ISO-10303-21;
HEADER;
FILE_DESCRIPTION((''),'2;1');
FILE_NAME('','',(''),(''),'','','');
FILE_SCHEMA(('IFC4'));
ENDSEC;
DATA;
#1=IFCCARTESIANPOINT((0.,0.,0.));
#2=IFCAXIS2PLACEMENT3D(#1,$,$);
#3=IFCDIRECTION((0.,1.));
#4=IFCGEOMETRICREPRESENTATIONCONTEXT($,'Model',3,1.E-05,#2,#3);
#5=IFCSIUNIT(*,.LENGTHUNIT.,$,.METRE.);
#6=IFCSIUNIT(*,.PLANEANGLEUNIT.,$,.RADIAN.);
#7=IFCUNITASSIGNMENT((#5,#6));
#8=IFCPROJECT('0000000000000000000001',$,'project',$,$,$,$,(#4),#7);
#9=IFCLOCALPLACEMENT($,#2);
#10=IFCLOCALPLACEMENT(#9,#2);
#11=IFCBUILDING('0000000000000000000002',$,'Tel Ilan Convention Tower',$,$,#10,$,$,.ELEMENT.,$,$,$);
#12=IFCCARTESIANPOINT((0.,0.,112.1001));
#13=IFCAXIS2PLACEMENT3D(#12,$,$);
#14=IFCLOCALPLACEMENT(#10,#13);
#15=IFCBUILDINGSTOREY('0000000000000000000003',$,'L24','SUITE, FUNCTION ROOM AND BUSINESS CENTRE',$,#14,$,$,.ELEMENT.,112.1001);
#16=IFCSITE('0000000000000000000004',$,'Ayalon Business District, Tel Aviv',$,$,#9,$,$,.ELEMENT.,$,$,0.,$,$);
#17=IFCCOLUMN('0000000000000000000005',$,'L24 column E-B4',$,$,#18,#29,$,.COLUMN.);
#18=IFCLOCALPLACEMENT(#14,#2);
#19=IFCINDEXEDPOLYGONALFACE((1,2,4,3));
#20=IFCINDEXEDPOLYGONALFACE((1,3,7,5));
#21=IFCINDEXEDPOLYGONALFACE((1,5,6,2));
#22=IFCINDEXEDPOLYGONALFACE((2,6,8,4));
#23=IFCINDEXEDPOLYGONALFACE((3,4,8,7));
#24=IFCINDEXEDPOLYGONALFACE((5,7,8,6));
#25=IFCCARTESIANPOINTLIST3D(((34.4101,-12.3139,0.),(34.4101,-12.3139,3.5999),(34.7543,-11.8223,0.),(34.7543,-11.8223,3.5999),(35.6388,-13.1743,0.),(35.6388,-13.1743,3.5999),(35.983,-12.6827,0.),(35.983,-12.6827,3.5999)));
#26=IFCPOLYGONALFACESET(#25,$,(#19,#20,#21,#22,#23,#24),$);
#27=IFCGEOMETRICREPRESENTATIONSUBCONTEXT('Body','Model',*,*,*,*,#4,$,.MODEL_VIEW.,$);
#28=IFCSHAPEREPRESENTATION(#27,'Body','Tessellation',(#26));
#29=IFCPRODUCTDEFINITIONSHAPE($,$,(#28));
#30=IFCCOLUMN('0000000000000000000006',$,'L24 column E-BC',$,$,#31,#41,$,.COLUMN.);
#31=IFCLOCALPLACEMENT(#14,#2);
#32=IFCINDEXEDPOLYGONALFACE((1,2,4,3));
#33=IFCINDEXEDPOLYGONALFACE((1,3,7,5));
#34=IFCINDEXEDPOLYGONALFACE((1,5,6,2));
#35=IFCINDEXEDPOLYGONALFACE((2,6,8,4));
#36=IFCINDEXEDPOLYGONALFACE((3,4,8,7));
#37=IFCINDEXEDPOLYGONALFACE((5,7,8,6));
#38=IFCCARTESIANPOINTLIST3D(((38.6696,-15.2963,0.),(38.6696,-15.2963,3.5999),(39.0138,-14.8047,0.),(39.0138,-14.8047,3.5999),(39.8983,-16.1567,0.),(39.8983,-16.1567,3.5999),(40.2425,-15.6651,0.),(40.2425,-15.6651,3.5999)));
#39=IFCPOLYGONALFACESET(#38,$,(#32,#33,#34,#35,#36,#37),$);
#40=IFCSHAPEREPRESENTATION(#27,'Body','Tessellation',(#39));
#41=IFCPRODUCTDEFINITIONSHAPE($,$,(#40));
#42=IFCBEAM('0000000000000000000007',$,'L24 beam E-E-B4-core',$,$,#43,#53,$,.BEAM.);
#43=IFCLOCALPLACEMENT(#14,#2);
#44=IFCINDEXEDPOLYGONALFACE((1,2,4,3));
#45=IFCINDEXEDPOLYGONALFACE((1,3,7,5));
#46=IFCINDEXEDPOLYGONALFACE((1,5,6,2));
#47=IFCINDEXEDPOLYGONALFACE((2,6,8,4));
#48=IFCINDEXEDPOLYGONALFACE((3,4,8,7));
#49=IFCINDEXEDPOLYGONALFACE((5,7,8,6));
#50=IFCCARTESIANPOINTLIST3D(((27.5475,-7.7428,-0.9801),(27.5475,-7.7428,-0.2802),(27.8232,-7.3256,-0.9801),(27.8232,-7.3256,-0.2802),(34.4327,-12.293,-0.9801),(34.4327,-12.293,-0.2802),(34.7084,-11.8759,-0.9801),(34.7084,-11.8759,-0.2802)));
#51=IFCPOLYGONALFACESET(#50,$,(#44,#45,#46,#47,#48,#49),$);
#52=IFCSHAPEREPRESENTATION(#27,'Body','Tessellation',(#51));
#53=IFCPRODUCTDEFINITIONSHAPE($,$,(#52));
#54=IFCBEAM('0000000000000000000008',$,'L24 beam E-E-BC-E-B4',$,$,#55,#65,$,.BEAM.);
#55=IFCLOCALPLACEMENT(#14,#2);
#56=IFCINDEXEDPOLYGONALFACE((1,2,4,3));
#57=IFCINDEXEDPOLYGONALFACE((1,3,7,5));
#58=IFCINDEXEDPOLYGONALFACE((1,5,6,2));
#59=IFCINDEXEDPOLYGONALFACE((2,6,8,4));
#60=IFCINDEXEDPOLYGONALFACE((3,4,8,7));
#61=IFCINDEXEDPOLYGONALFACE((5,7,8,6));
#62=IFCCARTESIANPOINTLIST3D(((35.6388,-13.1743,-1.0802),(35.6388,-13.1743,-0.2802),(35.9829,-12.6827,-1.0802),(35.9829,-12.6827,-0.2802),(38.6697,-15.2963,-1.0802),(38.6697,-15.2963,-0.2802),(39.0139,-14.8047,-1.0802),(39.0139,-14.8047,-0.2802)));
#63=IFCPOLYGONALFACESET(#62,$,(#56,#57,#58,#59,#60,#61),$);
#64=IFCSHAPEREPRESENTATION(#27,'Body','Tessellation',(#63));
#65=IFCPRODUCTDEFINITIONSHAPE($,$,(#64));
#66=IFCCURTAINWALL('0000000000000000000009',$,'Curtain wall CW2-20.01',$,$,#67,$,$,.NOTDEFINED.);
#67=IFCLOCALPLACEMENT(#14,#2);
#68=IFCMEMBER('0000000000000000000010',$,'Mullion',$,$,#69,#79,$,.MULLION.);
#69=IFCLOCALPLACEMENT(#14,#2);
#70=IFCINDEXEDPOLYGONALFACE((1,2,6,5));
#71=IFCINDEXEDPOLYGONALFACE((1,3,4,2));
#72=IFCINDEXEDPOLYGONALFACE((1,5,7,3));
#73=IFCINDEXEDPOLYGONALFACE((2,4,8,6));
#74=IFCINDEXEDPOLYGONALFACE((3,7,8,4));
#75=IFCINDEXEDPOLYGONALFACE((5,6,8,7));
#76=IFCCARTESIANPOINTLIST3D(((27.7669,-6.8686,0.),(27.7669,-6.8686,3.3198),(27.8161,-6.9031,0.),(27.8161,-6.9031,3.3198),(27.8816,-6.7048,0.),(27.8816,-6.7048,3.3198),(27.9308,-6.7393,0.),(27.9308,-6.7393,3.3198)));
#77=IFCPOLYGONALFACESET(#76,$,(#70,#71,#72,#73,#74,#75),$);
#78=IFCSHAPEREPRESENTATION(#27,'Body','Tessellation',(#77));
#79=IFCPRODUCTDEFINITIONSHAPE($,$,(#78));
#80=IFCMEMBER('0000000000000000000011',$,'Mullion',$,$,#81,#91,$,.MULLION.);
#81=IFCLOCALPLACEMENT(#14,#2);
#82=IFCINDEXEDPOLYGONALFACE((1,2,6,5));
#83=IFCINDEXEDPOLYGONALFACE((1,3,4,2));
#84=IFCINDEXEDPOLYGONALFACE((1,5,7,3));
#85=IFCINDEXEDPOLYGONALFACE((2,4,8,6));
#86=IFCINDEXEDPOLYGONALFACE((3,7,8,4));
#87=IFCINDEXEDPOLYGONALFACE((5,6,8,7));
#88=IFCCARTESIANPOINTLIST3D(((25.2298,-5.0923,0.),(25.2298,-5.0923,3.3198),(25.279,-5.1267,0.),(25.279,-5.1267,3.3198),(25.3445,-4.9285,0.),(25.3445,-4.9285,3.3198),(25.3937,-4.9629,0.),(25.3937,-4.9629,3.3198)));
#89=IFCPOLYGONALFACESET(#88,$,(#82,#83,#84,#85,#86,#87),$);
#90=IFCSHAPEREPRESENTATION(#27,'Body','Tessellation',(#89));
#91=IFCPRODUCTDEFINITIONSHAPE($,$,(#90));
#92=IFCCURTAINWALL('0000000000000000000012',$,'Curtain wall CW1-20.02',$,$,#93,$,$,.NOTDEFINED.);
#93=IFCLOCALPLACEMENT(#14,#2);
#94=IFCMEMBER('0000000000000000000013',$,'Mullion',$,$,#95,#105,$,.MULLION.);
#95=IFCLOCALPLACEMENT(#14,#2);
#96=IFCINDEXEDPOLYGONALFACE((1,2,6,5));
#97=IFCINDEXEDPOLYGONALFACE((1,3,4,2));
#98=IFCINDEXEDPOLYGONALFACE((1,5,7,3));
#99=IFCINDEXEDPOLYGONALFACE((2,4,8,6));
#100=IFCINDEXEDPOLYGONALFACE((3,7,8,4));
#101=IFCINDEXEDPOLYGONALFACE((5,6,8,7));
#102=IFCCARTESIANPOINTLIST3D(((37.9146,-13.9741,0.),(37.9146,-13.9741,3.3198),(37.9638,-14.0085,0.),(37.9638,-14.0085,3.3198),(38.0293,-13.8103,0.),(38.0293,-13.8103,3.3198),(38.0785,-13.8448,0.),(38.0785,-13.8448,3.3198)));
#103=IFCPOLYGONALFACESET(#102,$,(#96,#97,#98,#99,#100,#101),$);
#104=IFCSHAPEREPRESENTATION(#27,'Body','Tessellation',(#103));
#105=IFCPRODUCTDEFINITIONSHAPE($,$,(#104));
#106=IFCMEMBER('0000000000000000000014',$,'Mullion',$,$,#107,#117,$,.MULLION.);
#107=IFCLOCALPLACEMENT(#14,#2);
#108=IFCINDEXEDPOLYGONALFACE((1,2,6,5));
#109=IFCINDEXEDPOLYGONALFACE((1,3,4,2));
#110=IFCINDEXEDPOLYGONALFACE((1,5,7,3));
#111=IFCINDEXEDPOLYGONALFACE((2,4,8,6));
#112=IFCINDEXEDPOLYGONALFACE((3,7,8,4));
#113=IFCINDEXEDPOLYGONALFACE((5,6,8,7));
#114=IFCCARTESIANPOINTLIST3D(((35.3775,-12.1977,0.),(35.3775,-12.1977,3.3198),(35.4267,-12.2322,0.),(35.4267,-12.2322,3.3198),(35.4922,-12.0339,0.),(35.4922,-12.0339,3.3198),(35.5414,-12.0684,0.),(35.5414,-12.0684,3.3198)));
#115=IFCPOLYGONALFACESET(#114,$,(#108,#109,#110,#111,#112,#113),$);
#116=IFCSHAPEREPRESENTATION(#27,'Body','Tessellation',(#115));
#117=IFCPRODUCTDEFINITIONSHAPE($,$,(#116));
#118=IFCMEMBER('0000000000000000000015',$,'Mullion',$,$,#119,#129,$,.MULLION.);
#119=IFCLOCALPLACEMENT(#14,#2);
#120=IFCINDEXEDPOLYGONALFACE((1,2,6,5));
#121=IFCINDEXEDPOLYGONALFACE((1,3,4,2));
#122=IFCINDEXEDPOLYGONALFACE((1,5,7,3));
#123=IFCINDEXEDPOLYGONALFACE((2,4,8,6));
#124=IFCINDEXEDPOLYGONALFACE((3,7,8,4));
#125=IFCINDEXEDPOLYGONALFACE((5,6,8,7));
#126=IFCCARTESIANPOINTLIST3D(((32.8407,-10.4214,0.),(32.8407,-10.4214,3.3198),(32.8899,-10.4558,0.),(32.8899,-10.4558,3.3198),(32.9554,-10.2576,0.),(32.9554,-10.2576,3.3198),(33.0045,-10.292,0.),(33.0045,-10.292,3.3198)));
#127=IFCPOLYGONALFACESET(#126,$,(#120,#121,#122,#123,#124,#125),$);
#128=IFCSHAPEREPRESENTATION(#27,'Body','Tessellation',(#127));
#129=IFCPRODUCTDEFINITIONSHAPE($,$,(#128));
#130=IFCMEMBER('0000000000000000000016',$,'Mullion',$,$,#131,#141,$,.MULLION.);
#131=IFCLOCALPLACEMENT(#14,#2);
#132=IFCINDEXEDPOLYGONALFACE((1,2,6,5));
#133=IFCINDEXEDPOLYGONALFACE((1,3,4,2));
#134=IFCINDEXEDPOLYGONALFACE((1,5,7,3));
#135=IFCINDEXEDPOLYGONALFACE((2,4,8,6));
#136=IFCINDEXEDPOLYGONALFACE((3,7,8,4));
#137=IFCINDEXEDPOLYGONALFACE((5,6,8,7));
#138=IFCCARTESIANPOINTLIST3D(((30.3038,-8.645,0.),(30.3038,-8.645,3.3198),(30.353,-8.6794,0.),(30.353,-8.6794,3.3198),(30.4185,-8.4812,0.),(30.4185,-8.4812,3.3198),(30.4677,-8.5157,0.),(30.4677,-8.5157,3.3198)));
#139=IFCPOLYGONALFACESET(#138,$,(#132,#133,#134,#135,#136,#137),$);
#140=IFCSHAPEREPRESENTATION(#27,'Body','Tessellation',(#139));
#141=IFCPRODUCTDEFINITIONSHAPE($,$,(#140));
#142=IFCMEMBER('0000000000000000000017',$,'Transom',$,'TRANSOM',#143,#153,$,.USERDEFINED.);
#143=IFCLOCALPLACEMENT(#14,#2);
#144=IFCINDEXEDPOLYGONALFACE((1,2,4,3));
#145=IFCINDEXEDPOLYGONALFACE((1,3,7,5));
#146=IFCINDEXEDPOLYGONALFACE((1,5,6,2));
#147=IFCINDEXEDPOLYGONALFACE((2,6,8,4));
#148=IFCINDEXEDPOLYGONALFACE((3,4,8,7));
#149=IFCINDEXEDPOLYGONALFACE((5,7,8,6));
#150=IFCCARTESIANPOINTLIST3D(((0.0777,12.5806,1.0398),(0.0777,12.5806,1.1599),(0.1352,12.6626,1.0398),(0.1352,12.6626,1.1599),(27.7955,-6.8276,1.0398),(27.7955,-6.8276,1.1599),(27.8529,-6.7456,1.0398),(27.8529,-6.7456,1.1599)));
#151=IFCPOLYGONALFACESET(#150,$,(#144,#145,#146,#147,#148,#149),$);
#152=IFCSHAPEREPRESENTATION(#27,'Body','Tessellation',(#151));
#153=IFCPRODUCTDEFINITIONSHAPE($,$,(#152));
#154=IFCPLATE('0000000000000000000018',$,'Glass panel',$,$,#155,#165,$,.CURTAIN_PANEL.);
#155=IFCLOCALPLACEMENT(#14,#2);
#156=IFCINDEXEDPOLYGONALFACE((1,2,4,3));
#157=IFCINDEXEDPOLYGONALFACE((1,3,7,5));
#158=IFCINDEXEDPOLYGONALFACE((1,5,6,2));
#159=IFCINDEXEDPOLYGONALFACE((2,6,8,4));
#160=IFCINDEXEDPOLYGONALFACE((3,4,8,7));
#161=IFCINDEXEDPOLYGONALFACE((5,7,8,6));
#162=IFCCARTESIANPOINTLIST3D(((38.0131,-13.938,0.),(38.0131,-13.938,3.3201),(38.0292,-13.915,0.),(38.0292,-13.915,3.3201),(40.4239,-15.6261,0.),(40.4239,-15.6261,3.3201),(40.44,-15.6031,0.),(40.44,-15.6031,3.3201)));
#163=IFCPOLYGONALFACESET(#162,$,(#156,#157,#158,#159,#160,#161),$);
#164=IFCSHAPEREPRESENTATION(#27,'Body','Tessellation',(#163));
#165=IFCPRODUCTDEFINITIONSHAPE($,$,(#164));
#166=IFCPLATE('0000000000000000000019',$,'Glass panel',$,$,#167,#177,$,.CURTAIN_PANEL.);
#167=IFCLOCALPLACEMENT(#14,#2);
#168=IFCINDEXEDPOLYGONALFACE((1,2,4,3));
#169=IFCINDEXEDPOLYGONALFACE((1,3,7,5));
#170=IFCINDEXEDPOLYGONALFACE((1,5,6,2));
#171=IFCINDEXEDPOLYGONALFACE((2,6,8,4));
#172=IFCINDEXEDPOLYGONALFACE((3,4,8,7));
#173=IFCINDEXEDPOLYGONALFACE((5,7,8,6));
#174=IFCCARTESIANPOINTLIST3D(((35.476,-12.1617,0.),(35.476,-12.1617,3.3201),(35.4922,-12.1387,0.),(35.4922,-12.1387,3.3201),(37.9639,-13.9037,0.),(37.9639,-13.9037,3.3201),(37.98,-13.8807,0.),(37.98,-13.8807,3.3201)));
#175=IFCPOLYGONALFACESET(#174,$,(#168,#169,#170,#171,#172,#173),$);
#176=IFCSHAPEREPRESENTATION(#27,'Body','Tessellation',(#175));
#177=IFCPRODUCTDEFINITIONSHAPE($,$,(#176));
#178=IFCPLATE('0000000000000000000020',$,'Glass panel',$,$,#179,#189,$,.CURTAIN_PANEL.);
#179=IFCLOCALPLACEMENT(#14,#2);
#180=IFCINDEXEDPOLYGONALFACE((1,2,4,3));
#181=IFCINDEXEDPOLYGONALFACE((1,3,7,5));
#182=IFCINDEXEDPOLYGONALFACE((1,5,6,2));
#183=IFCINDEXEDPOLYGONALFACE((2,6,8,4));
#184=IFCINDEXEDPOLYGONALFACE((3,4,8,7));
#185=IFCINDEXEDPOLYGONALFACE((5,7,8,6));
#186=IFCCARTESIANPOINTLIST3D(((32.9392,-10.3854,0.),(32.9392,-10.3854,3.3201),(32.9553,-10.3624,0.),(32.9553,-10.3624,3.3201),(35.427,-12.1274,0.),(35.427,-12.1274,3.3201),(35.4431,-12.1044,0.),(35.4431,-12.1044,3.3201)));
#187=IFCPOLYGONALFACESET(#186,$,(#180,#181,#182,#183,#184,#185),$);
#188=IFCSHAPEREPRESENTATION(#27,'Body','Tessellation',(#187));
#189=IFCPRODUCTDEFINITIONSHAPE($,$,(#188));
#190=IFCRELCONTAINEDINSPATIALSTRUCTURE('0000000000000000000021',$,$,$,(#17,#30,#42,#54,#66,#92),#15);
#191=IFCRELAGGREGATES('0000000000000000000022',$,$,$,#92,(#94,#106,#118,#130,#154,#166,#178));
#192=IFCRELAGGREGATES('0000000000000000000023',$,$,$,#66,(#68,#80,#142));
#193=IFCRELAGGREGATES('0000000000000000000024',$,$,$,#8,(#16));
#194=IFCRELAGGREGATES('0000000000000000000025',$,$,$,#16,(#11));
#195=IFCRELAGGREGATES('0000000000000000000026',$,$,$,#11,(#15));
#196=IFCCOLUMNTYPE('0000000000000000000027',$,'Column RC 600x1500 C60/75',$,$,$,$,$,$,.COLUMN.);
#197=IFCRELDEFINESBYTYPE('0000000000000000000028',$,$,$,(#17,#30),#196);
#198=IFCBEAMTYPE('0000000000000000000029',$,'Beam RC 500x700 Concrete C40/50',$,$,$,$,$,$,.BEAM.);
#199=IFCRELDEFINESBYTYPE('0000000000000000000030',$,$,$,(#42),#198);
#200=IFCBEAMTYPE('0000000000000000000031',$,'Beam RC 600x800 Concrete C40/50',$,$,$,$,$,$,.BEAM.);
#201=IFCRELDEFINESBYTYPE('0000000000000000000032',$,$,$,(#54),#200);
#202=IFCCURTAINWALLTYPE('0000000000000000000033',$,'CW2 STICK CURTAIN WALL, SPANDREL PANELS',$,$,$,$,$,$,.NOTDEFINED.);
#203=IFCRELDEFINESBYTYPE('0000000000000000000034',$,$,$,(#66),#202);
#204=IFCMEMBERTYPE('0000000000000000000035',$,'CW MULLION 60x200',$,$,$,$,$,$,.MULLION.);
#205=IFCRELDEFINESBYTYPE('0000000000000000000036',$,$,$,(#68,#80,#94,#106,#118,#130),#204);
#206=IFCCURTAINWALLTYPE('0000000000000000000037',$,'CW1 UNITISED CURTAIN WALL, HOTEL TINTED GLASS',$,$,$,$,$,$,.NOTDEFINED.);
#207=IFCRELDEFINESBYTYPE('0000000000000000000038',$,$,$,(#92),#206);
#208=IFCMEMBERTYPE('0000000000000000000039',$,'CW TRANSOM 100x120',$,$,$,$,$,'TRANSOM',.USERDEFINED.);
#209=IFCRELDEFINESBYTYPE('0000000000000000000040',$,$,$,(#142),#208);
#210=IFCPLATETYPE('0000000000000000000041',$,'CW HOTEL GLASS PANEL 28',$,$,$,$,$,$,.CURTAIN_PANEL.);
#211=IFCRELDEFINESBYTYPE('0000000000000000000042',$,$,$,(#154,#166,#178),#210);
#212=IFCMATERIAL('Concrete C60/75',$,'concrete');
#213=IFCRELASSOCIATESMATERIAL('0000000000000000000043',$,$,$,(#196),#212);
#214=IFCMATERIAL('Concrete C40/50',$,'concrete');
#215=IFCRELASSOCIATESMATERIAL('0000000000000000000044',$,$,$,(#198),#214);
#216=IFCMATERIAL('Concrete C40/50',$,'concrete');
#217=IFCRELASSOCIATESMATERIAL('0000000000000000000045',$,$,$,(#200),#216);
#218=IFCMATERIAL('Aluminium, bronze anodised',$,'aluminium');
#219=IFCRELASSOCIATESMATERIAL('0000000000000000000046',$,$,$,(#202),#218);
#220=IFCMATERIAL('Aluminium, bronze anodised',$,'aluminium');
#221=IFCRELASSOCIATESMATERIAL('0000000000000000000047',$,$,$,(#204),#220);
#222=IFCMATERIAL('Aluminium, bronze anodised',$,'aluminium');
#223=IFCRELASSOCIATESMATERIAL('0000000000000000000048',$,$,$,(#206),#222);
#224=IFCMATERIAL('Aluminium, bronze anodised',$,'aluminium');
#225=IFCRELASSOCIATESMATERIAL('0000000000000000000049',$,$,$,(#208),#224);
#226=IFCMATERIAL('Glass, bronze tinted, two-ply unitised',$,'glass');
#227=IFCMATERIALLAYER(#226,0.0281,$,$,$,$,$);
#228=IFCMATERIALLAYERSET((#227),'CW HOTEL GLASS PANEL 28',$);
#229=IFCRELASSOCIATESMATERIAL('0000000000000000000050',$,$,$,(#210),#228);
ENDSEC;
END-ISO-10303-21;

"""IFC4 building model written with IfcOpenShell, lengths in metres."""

from ifc_helpers import new_model, si_unit, direction, frame, origin, origin_2d, place, context, subcontext, project, spatial, rectangle, extrude, material, layer, layer_set, material_profile, profile_set, type_object, element, aggregate, save


model = new_model("IFC4")

# Units and contexts
model_context = context("Model", 3, precision=1e-05, world=origin(), true_north=direction((0.0, 1.0)))
body_context = subcontext(model_context, "Body", "Model", "MODEL_VIEW")
ifc_project = project(units=[si_unit("LENGTHUNIT", "METRE"), si_unit("PLANEANGLEUNIT", "RADIAN")], contexts=[model_context])

# Site, building, storey
site_placement = place(None, origin())
site = spatial("IfcSite", under=ifc_project, at=site_placement, Name="Ayalon Business District, Tel Aviv", CompositionType="ELEMENT", RefElevation=0.0)
building_placement = place(site_placement, origin())
building = spatial("IfcBuilding", under=site, at=building_placement, Name="Tel Ilan Convention Tower", CompositionType="ELEMENT")
storey_placement = place(building_placement, frame((0.0, 0.0, 112.1001)))
storey = spatial("IfcBuildingStorey", under=building, at=storey_placement, Name="L24", Description="SUITE, FUNCTION ROOM AND BUSINESS CENTRE", CompositionType="ELEMENT", Elevation=112.1001)

# Columns
ifc_material_1 = material(Name="Concrete C60/75", Category="concrete")
ifc_material_profile_1 = material_profile(ifc_material_1, rectangle(XDim=1.5, YDim=0.6001, at=origin_2d()), Name="RC 600x1500")
ifc_profile_set_1 = profile_set([ifc_material_profile_1], Name="Concrete C60/75")
column_type = type_object("IfcColumnType", Name="Column RC 600x1500 C60/75", PredefinedType="COLUMN", material=ifc_profile_set_1)
for number, where, z_axis, x_axis, name in (
    (1, (35.1965, -12.4983, 0.0), (0.0, 0.0, 1.0), (0.819152, -0.573576, 0.0), "L24 column E-B4"),
    (2, (39.4561, -15.4807, 0.0), (0.0, 0.0, 1.0), (0.819152, -0.573576, 0.0), "L24 column E-BC"),
):
    element("IfcColumn", number, at=place(storey_placement, frame(where, z_axis=z_axis, x_axis=x_axis)), inside=storey, type_object=column_type, Name=name, PredefinedType="COLUMN", context=body_context, shape_type="SweptSolid", body=[
        extrude(rectangle(XDim=1.5, YDim=0.6001, at=origin_2d()), origin(), (0.0, 0.0, 1.0), 3.5999),
    ])

# Beams
ifc_material_2 = material(Name="Concrete C40/50", Category="concrete")
ifc_material_profile_2 = material_profile(ifc_material_2, rectangle(XDim=0.5, YDim=0.7, at=origin_2d()), Name="RC 500x700")
ifc_profile_set_2 = profile_set([ifc_material_profile_2], Name="Concrete C40/50")
beam_type_1 = type_object("IfcBeamType", Name="Beam RC 500x700 Concrete C40/50", PredefinedType="BEAM", material=ifc_profile_set_2)
beam_1_placement = place(storey_placement, frame((34.5706, -12.0845, -0.6301), z_axis=(-0.834274, 0.551351, 0.0), x_axis=(-0.551351, -0.834274, 0.0)))
element("IfcBeam", 3, at=beam_1_placement, inside=storey, type_object=beam_type_1, Name="L24 beam E-E-B4-core", PredefinedType="BEAM", context=body_context, shape_type="SweptSolid", body=[
    extrude(rectangle(XDim=0.5, YDim=0.7, at=origin_2d()), origin(), (0.0, 0.0, 1.0), 8.2529),
])
ifc_material_3 = material(Name="Concrete C40/50", Category="concrete")
ifc_material_profile_3 = material_profile(ifc_material_3, rectangle(XDim=0.6001, YDim=0.8, at=origin_2d()), Name="RC 600x800")
ifc_profile_set_3 = profile_set([ifc_material_profile_3], Name="Concrete C40/50")
beam_type_2 = type_object("IfcBeamType", Name="Beam RC 600x800 Concrete C40/50", PredefinedType="BEAM", material=ifc_profile_set_3)
beam_2_placement = place(storey_placement, frame((38.8418, -15.0505, -0.6802), z_axis=(-0.819185, 0.573529, 0.0), x_axis=(-0.573529, -0.819185, 0.0)))
element("IfcBeam", 4, at=beam_2_placement, inside=storey, type_object=beam_type_2, Name="L24 beam E-E-BC-E-B4", PredefinedType="BEAM", context=body_context, shape_type="SweptSolid", body=[
    extrude(rectangle(XDim=0.6001, YDim=0.8, at=origin_2d()), origin(), (0.0, 0.0, 1.0), 3.7),
])

# Curtain walls, members
ifc_material_4 = material(Name="Aluminium, bronze anodised", Category="aluminium")
curtain_wall_type_1 = type_object("IfcCurtainWallType", Name="CW2 STICK CURTAIN WALL, SPANDREL PANELS", PredefinedType="NOTDEFINED", material=ifc_material_4)
curtain_wall_1_placement = place(storey_placement, origin())
curtain_wall_1 = element("IfcCurtainWall", 5, at=curtain_wall_1_placement, inside=storey, type_object=curtain_wall_type_1, Name="Curtain wall CW2-20.01", PredefinedType="NOTDEFINED")
ifc_material_5 = material(Name="Aluminium, bronze anodised", Category="aluminium")
ifc_material_profile_4 = material_profile(ifc_material_5, rectangle(XDim=0.0601, YDim=0.2, at=origin_2d()), Name="CW MULLION 60x200")
ifc_profile_set_4 = profile_set([ifc_material_profile_4], Name="Aluminium, bronze anodised")
member_type_1 = type_object("IfcMemberType", Name="CW MULLION 60x200", PredefinedType="MULLION", material=ifc_profile_set_4)
member_1_placement = place(storey_placement, frame((27.8489, -6.804, 0.0), z_axis=(0.0, 0.0, 1.0), x_axis=(-0.819152, 0.573576, 0.0)))
member_1 = element("IfcMember", 6, at=member_1_placement, type_object=member_type_1, Name="Mullion", PredefinedType="MULLION", context=body_context, shape_type="SweptSolid", body=[
    extrude(rectangle(XDim=0.0601, YDim=0.2, at=origin_2d()), origin(), (0.0, 0.0, 1.0), 3.3198),
])
member_2_placement = place(storey_placement, frame((25.3118, -5.0276, 0.0), z_axis=(0.0, 0.0, 1.0), x_axis=(-0.819152, 0.573576, 0.0)))
member_2 = element("IfcMember", 7, at=member_2_placement, type_object=member_type_1, Name="Mullion", PredefinedType="MULLION", context=body_context, shape_type="SweptSolid", body=[
    extrude(rectangle(XDim=0.0601, YDim=0.2, at=origin_2d()), origin(), (0.0, 0.0, 1.0), 3.3198),
])
ifc_material_6 = material(Name="Aluminium, bronze anodised", Category="aluminium")
curtain_wall_type_2 = type_object("IfcCurtainWallType", Name="CW1 UNITISED CURTAIN WALL, HOTEL TINTED GLASS", PredefinedType="NOTDEFINED", material=ifc_material_6)
curtain_wall_2_placement = place(storey_placement, origin())
curtain_wall_2 = element("IfcCurtainWall", 8, at=curtain_wall_2_placement, inside=storey, type_object=curtain_wall_type_2, Name="Curtain wall CW1-20.02", PredefinedType="NOTDEFINED")
member_3_placement = place(storey_placement, frame((37.9966, -13.9094, 0.0), z_axis=(0.0, 0.0, 1.0), x_axis=(-0.819152, 0.573576, 0.0)))
member_3 = element("IfcMember", 9, at=member_3_placement, type_object=member_type_1, Name="Mullion", PredefinedType="MULLION", context=body_context, shape_type="SweptSolid", body=[
    extrude(rectangle(XDim=0.0601, YDim=0.2, at=origin_2d()), origin(), (0.0, 0.0, 1.0), 3.3198),
])
member_4_placement = place(storey_placement, frame((35.4595, -12.1331, 0.0), z_axis=(0.0, 0.0, 1.0), x_axis=(-0.819152, 0.573576, 0.0)))
member_4 = element("IfcMember", 10, at=member_4_placement, type_object=member_type_1, Name="Mullion", PredefinedType="MULLION", context=body_context, shape_type="SweptSolid", body=[
    extrude(rectangle(XDim=0.0601, YDim=0.2, at=origin_2d()), origin(), (0.0, 0.0, 1.0), 3.3198),
])
member_5_placement = place(storey_placement, frame((32.9226, -10.3567, 0.0), z_axis=(0.0, 0.0, 1.0), x_axis=(-0.819152, 0.573576, 0.0)))
member_5 = element("IfcMember", 11, at=member_5_placement, type_object=member_type_1, Name="Mullion", PredefinedType="MULLION", context=body_context, shape_type="SweptSolid", body=[
    extrude(rectangle(XDim=0.0601, YDim=0.2, at=origin_2d()), origin(), (0.0, 0.0, 1.0), 3.3198),
])
member_6_placement = place(storey_placement, frame((30.3857, -8.5803, 0.0), z_axis=(0.0, 0.0, 1.0), x_axis=(-0.819152, 0.573576, 0.0)))
member_6 = element("IfcMember", 12, at=member_6_placement, type_object=member_type_1, Name="Mullion", PredefinedType="MULLION", context=body_context, shape_type="SweptSolid", body=[
    extrude(rectangle(XDim=0.0601, YDim=0.2, at=origin_2d()), origin(), (0.0, 0.0, 1.0), 3.3198),
])

# Member
ifc_material_7 = material(Name="Aluminium, bronze anodised", Category="aluminium")
ifc_material_profile_5 = material_profile(ifc_material_7, rectangle(XDim=0.1001, YDim=0.1201, at=origin_2d()), Name="CW TRANSOM 100x120")
ifc_profile_set_5 = profile_set([ifc_material_profile_5], Name="Aluminium, bronze anodised")
member_type_2 = type_object("IfcMemberType", Name="CW TRANSOM 100x120", ElementType="TRANSOM", PredefinedType="USERDEFINED", material=ifc_profile_set_5)
member_7_placement = place(storey_placement, frame((27.8242, -6.7866, 1.0999), z_axis=(-0.819152, 0.573577, 0.0), x_axis=(-0.573577, -0.819152, 0.0)))
member_7 = element("IfcMember", 13, at=member_7_placement, type_object=member_type_2, Name="Transom", ObjectType="TRANSOM", PredefinedType="USERDEFINED", context=body_context, shape_type="SweptSolid", body=[
    extrude(rectangle(XDim=0.1001, YDim=0.1201, at=origin_2d()), origin(), (0.0, 0.0, 1.0), 33.8372),
])

# Plates
ifc_material_8 = material(Name="Glass, bronze tinted, two-ply unitised", Category="glass")
ifc_layer_1 = layer(ifc_material_8, 0.0281)
ifc_layer_set_1 = layer_set([ifc_layer_1], Name="CW HOTEL GLASS PANEL 28")
plate_type_1 = type_object("IfcPlateType", Name="CW HOTEL GLASS PANEL 28", PredefinedType="CURTAIN_PANEL", material=ifc_layer_set_1)
plate_1_placement = place(storey_placement, frame((39.2266, -14.7705, 0.0), z_axis=(0.0, 0.0, 1.0), x_axis=(-0.819152, 0.573576, 0.0)))
plate_1 = element("IfcPlate", 14, at=plate_1_placement, type_object=plate_type_1, Name="Glass panel", PredefinedType="CURTAIN_PANEL", context=body_context, shape_type="SweptSolid", body=[
    extrude(rectangle(XDim=2.9431, YDim=0.0281, at=origin_2d()), origin(), (0.0, 0.0, 1.0), 3.3201),
])
plate_2_placement = place(storey_placement, frame((36.728, -13.0212, 0.0), z_axis=(0.0, 0.0, 1.0), x_axis=(-0.819152, 0.573576, 0.0)))
plate_2 = element("IfcPlate", 15, at=plate_2_placement, type_object=plate_type_1, Name="Glass panel", PredefinedType="CURTAIN_PANEL", context=body_context, shape_type="SweptSolid", body=[
    extrude(rectangle(XDim=3.0371, YDim=0.0281, at=origin_2d()), origin(), (0.0, 0.0, 1.0), 3.3201),
])
plate_3_placement = place(storey_placement, frame((34.1912, -11.2449, 0.0), z_axis=(0.0, 0.0, 1.0), x_axis=(-0.819152, 0.573576, 0.0)))
plate_3 = element("IfcPlate", 16, at=plate_3_placement, type_object=plate_type_1, Name="Glass panel", PredefinedType="CURTAIN_PANEL", context=body_context, shape_type="SweptSolid", body=[
    extrude(rectangle(XDim=3.0371, YDim=0.0281, at=origin_2d()), origin(), (0.0, 0.0, 1.0), 3.3201),
])
aggregate(curtain_wall_2, [member_3, member_4, member_5, member_6, plate_1, plate_2, plate_3])
aggregate(curtain_wall_1, [member_1, member_2, member_7])

save(model, "model.ifc")
